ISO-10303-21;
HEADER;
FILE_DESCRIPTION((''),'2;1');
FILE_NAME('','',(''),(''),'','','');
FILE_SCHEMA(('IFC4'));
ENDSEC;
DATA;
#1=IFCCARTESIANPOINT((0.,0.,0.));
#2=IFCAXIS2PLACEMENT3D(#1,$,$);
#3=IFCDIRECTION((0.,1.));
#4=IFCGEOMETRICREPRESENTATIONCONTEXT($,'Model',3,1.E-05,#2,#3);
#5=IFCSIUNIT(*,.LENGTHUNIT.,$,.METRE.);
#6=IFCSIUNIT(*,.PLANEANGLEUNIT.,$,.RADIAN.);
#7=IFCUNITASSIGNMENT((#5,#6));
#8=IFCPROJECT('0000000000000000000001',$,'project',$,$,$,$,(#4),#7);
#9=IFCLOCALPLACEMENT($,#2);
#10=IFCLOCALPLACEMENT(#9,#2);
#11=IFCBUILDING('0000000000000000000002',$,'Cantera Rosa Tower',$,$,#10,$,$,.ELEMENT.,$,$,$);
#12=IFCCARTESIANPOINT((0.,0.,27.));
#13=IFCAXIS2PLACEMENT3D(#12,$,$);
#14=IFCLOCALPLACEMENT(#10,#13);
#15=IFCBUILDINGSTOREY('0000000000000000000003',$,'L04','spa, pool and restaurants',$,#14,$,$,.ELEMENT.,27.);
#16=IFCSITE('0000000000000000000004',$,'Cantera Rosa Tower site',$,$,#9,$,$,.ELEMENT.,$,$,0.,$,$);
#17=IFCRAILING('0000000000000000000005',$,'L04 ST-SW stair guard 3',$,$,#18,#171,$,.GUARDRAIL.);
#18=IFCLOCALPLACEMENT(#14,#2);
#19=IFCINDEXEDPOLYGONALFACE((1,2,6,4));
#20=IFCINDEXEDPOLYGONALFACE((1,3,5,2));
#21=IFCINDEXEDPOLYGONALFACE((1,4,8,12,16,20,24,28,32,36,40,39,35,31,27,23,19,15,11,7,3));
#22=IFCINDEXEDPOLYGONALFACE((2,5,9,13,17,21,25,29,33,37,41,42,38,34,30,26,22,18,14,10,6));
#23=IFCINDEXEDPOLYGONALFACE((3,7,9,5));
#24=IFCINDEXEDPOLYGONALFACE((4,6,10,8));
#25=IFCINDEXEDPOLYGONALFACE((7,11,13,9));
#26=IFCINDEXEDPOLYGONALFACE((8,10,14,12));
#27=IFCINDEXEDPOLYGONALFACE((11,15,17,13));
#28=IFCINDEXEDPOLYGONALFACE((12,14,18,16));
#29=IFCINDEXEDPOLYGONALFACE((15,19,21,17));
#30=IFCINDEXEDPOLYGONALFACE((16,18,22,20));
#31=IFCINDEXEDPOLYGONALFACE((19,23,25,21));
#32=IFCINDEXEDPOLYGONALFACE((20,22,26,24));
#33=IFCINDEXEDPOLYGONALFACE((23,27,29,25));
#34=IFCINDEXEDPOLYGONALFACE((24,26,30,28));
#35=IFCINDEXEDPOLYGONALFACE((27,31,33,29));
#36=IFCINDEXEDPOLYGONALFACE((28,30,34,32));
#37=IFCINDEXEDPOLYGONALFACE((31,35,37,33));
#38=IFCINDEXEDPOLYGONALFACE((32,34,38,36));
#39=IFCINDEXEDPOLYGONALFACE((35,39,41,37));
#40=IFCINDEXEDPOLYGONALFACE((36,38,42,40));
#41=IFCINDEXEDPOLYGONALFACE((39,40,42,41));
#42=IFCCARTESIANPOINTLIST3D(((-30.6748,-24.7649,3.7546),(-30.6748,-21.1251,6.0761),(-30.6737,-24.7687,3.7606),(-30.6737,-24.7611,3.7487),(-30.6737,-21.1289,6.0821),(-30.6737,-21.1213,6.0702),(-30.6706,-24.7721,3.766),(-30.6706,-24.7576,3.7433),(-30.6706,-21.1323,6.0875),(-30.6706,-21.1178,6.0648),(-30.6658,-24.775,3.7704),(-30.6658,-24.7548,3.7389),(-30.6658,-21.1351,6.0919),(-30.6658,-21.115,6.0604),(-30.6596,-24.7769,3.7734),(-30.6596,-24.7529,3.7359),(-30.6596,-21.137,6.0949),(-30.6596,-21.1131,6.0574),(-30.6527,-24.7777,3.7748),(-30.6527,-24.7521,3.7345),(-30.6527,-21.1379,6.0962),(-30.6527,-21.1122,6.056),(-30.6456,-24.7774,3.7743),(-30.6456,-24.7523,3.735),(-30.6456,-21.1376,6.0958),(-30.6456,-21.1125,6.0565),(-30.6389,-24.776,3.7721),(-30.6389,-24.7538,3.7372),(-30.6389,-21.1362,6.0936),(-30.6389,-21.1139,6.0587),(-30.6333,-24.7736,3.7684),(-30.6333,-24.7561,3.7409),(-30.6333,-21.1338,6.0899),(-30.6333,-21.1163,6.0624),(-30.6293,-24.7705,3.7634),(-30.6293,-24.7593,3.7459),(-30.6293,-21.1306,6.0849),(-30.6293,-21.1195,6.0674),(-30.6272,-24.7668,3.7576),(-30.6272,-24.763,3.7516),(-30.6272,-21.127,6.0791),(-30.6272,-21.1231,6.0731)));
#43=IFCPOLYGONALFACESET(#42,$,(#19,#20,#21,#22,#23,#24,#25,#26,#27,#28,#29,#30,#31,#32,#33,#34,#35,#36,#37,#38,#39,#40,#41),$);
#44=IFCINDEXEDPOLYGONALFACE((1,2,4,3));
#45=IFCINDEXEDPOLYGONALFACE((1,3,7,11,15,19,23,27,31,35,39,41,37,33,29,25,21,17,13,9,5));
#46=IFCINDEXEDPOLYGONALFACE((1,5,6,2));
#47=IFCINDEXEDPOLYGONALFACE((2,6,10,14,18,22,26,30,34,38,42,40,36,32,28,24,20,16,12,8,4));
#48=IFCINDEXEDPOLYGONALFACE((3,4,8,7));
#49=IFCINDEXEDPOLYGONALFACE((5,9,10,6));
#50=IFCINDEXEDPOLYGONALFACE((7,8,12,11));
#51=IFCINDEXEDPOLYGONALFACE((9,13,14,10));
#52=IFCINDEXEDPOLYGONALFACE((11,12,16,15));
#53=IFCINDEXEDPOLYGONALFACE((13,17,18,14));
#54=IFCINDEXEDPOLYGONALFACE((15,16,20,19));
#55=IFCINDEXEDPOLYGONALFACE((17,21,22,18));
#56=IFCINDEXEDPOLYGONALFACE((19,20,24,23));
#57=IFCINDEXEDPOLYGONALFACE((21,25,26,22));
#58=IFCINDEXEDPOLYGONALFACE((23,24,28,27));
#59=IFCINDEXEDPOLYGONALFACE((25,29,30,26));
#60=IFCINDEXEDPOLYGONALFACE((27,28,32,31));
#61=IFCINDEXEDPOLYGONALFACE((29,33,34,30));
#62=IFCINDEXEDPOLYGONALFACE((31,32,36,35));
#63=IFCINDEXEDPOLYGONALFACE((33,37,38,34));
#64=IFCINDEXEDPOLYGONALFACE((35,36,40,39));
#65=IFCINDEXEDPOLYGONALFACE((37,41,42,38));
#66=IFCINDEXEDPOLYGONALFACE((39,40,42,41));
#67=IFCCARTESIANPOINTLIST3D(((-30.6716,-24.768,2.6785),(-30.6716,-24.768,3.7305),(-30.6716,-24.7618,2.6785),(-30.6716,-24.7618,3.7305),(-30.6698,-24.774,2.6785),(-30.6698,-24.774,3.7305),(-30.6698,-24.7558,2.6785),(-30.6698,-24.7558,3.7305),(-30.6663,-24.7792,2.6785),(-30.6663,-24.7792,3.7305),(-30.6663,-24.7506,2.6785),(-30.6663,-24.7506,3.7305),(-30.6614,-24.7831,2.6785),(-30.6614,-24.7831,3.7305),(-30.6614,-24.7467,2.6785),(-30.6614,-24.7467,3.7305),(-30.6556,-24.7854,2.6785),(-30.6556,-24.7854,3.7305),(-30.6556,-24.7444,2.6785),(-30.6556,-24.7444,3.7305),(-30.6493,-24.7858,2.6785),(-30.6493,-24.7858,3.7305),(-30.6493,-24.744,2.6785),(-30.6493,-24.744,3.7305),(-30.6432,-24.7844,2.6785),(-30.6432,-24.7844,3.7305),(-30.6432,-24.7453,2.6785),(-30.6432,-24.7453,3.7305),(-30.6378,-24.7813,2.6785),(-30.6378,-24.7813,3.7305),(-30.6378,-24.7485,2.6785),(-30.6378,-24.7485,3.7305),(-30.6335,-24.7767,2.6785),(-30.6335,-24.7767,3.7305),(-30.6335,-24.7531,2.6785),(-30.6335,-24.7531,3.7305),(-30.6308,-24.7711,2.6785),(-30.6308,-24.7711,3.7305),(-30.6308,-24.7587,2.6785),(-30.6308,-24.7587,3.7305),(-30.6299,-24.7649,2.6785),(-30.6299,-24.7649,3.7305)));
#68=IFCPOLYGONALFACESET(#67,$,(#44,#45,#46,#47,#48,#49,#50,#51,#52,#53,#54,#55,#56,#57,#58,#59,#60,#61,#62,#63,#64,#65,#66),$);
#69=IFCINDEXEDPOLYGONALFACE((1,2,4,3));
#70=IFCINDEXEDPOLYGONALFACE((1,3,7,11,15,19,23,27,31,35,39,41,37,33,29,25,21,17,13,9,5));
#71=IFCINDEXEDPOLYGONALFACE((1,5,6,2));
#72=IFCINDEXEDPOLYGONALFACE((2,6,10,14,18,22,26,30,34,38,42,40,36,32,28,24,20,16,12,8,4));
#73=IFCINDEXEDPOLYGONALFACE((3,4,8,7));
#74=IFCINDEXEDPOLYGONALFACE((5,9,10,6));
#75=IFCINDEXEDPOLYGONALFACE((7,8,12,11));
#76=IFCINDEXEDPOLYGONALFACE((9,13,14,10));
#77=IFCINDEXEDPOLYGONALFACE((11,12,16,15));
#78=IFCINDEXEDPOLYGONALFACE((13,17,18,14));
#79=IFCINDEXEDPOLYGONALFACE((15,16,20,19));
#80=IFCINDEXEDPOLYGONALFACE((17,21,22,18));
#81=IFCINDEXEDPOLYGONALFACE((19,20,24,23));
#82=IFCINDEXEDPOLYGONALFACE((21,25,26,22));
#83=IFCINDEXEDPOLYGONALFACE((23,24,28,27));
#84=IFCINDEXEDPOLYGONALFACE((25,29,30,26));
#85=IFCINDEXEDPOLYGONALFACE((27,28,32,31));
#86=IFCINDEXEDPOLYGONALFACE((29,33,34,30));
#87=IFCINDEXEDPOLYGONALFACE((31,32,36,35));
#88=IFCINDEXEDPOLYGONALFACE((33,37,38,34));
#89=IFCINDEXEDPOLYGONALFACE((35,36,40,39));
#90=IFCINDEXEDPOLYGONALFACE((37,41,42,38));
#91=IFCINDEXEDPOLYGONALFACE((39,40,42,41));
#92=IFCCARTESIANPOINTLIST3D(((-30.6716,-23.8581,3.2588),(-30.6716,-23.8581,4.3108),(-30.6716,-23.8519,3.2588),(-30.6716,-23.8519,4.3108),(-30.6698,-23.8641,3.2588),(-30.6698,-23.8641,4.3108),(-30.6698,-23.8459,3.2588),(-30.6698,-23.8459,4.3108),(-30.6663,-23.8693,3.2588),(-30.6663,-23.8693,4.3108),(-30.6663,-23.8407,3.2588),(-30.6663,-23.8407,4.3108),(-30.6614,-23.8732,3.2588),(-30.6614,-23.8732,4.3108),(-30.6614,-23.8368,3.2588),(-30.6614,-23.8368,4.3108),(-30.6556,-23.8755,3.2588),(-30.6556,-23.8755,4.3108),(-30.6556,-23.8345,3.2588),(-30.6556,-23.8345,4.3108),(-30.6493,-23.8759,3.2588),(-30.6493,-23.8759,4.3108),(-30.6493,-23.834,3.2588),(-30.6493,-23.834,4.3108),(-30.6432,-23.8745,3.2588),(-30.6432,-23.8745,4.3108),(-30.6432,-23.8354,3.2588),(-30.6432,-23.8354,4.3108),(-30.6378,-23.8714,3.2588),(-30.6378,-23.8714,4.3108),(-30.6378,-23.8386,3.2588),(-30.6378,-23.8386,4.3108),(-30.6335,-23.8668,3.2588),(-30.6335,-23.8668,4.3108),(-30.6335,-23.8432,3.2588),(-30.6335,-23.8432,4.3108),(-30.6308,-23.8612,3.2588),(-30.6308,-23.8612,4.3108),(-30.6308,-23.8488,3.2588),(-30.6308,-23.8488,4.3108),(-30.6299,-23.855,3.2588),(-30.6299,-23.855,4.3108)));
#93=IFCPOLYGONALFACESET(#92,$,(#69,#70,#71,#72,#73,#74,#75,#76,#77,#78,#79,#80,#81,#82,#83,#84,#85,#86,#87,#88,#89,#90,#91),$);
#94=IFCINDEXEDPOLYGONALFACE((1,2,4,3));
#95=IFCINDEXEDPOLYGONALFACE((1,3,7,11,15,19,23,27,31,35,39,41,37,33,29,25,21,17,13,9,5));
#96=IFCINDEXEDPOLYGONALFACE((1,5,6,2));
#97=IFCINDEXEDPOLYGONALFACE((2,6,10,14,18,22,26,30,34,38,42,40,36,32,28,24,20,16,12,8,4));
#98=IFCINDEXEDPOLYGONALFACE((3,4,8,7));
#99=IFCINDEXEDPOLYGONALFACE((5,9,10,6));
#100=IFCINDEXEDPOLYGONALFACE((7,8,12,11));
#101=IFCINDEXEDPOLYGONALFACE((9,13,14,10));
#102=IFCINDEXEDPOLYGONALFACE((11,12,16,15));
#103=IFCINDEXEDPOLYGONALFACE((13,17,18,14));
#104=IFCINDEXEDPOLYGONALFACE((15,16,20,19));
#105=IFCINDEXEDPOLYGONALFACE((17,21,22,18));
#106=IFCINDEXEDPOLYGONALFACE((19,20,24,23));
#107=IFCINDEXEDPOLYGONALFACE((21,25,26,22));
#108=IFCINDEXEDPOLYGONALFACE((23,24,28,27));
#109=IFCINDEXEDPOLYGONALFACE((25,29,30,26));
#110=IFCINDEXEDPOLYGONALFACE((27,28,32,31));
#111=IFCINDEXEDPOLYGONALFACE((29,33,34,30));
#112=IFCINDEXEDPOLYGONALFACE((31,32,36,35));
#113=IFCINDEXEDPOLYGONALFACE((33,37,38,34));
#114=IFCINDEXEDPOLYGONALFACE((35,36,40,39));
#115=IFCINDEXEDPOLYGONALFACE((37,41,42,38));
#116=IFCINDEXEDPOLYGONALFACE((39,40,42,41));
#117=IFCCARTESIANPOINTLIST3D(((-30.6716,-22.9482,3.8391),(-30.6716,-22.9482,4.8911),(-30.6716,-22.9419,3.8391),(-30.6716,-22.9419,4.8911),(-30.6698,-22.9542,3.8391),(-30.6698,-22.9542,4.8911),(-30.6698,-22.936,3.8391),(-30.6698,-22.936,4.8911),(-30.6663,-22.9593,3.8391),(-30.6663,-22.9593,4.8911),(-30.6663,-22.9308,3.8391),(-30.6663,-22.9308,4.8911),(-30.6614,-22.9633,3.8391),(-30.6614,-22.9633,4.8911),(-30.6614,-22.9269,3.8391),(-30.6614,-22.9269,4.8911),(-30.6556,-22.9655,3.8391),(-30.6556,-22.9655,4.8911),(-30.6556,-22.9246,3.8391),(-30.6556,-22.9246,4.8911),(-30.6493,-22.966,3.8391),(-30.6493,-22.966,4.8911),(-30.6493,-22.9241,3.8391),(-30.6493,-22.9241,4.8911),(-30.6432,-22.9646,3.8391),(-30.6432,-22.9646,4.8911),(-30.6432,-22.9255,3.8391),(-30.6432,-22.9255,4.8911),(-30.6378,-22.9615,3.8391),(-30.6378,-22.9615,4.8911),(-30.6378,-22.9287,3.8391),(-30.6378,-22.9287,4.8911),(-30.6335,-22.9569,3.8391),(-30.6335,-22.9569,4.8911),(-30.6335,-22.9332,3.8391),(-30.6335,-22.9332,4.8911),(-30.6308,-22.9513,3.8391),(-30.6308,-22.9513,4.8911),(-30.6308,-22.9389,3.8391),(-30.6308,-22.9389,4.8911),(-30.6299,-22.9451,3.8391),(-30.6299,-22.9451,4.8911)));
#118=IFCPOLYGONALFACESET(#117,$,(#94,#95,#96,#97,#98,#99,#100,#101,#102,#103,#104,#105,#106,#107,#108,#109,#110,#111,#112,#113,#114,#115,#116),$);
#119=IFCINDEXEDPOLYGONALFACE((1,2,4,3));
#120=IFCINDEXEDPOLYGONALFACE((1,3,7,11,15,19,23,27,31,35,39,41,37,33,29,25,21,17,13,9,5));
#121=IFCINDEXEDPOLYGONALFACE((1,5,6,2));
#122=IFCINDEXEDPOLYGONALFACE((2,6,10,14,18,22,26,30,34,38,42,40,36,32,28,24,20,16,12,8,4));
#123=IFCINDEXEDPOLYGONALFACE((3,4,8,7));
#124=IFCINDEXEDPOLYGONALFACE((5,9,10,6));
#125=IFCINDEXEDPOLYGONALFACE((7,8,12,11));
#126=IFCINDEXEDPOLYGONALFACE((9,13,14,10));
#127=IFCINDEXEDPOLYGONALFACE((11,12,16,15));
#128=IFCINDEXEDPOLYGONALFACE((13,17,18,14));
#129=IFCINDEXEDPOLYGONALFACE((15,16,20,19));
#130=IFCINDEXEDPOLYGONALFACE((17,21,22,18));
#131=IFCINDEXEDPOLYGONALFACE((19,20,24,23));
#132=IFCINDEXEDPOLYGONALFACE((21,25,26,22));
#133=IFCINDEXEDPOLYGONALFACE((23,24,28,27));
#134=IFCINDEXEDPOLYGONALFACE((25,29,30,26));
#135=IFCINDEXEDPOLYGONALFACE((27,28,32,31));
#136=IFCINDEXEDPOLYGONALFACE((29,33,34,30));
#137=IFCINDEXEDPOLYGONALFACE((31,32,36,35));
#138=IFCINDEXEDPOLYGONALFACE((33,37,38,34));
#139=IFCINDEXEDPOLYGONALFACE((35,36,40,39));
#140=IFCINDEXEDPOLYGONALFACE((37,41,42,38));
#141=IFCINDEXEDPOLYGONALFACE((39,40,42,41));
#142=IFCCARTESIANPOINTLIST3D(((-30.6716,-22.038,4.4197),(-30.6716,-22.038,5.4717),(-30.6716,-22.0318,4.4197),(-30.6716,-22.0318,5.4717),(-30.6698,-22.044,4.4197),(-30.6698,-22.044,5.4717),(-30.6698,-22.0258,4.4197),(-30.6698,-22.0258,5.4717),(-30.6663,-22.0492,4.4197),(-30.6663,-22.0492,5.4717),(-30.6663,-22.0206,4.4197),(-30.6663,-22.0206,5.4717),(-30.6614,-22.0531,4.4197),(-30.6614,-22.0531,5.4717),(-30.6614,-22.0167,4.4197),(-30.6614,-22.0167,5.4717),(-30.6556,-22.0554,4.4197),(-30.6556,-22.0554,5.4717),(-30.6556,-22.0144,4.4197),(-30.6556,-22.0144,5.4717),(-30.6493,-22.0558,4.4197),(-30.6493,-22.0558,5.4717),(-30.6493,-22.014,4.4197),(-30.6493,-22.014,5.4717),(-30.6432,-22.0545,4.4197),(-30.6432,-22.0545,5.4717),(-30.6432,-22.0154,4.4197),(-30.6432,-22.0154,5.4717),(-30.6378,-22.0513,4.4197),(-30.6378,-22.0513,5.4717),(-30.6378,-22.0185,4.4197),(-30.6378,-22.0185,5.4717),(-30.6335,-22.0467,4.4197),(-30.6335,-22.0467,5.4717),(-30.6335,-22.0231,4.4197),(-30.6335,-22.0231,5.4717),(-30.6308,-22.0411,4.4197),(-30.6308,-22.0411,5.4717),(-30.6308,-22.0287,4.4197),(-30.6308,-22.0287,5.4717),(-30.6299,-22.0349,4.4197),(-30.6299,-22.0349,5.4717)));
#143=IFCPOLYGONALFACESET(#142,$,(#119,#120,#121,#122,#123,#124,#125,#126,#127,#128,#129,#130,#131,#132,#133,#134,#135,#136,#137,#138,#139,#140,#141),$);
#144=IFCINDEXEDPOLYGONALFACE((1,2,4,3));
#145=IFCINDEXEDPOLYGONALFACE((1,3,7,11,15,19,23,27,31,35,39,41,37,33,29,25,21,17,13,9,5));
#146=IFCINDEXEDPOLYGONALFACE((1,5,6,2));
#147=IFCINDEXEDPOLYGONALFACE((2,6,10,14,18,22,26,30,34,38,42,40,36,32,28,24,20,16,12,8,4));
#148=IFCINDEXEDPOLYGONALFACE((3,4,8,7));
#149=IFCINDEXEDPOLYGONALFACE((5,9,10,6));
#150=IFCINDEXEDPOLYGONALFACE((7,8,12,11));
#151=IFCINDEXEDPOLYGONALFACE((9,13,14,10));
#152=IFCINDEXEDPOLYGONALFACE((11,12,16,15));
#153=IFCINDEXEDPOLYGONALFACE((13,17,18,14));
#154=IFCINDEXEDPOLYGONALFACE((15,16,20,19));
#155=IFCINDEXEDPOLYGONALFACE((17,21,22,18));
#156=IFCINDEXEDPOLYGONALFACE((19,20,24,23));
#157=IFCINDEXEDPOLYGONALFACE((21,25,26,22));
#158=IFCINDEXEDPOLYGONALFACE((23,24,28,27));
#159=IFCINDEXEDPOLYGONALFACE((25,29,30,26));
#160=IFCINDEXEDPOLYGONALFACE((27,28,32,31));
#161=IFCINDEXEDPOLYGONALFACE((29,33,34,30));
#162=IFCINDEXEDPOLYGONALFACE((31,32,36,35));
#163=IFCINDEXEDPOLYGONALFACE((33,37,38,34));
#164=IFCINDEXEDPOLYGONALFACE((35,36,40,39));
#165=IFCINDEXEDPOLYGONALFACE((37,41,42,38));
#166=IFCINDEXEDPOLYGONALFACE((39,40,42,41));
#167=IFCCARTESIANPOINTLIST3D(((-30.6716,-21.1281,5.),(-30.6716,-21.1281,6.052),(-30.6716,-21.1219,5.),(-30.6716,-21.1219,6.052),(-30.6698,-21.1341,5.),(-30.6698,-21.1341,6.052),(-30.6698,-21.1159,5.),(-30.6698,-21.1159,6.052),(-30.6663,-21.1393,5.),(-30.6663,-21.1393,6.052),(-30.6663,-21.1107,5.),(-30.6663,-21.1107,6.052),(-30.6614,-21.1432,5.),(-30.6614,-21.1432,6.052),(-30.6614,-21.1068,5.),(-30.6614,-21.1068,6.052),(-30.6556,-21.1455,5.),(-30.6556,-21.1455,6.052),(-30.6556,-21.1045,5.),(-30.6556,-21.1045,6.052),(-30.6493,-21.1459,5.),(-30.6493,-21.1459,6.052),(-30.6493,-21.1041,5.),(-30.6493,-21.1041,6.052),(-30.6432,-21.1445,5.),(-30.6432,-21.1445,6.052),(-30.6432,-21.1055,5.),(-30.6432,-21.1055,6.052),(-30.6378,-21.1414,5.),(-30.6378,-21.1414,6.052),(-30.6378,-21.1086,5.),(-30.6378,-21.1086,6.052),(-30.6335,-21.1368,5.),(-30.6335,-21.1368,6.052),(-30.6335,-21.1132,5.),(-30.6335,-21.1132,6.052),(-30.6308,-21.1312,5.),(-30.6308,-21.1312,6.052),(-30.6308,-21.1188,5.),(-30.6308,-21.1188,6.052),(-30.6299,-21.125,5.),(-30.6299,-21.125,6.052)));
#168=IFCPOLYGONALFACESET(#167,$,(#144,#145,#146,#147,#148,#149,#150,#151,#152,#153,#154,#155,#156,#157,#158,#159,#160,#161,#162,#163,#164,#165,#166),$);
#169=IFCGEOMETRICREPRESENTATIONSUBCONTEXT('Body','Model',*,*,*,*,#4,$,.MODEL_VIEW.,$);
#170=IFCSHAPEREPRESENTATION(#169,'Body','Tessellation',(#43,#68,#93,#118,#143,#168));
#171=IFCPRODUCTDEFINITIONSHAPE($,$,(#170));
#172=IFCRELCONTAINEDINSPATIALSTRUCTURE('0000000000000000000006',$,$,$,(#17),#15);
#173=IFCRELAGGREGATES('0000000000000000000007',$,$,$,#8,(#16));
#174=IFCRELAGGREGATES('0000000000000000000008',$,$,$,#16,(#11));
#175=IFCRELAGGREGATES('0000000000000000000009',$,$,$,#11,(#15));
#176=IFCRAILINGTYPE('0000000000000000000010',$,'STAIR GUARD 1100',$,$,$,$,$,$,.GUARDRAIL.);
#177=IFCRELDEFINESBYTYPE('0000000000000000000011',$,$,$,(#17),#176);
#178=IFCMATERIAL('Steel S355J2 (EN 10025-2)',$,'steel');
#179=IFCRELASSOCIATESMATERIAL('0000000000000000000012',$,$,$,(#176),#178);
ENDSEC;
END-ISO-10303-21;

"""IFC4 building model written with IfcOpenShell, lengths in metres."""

from ifc_helpers import new_model, si_unit, direction, frame, origin, origin_2d, place, context, subcontext, project, spatial, circle, extrude, material, type_object, element, save


model = new_model("IFC4")

# Units and contexts
model_context = context("Model", 3, precision=1e-05, world=origin(), true_north=direction((0.0, 1.0)))
body_context = subcontext(model_context, "Body", "Model", "MODEL_VIEW")
ifc_project = project(units=[si_unit("LENGTHUNIT", "METRE"), si_unit("PLANEANGLEUNIT", "RADIAN")], contexts=[model_context])

# Site, building, storey
site_placement = place(None, origin())
site = spatial("IfcSite", under=ifc_project, at=site_placement, Name="Cantera Rosa Tower site", CompositionType="ELEMENT", RefElevation=0.0)
building_placement = place(site_placement, origin())
building = spatial("IfcBuilding", under=site, at=building_placement, Name="Cantera Rosa Tower", CompositionType="ELEMENT")
storey_placement = place(building_placement, frame((0.0, 0.0, 27.0)))
storey = spatial("IfcBuildingStorey", under=building, at=storey_placement, Name="L04", Description="spa, pool and restaurants", CompositionType="ELEMENT", Elevation=27.0)

# Railing
ifc_material_1 = material(Name="Steel S355J2 (EN 10025-2)", Category="steel")
railing_type_1 = type_object("IfcRailingType", Name="STAIR GUARD 1100", PredefinedType="GUARDRAIL", material=ifc_material_1)
railing_1_placement = place(storey_placement, frame((-30.6509, -24.7649, 2.6785)))
element("IfcRailing", 1, at=railing_1_placement, inside=storey, type_object=railing_type_1, Name="L04 ST-SW stair guard 3", PredefinedType="GUARDRAIL", context=body_context, shape_type="SweptSolid", body=[
    extrude(circle(Radius=0.0239, at=origin_2d()), frame((0.0, 0.0, 1.0762), z_axis=(0.0, 0.843112, 0.537739), x_axis=(-1.0, 0.0, 0.0)), (0.0, 0.0, 1.0), 4.3171),
    extrude(circle(Radius=0.021, at=origin_2d()), origin(), (0.0, 0.0, 1.0), 1.052),
    extrude(circle(Radius=0.021, at=origin_2d()), frame((0.0, 0.9099, 0.5803)), (0.0, 0.0, 1.0), 1.052),
    extrude(circle(Radius=0.021, at=origin_2d()), frame((0.0, 1.8198, 1.1606)), (0.0, 0.0, 1.0), 1.052),
    extrude(circle(Radius=0.021, at=origin_2d()), frame((0.0, 2.73, 1.7412)), (0.0, 0.0, 1.0), 1.052),
    extrude(circle(Radius=0.021, at=origin_2d()), frame((0.0, 3.6399, 2.3215)), (0.0, 0.0, 1.0), 1.052),
])

save(model, "model.ifc")
